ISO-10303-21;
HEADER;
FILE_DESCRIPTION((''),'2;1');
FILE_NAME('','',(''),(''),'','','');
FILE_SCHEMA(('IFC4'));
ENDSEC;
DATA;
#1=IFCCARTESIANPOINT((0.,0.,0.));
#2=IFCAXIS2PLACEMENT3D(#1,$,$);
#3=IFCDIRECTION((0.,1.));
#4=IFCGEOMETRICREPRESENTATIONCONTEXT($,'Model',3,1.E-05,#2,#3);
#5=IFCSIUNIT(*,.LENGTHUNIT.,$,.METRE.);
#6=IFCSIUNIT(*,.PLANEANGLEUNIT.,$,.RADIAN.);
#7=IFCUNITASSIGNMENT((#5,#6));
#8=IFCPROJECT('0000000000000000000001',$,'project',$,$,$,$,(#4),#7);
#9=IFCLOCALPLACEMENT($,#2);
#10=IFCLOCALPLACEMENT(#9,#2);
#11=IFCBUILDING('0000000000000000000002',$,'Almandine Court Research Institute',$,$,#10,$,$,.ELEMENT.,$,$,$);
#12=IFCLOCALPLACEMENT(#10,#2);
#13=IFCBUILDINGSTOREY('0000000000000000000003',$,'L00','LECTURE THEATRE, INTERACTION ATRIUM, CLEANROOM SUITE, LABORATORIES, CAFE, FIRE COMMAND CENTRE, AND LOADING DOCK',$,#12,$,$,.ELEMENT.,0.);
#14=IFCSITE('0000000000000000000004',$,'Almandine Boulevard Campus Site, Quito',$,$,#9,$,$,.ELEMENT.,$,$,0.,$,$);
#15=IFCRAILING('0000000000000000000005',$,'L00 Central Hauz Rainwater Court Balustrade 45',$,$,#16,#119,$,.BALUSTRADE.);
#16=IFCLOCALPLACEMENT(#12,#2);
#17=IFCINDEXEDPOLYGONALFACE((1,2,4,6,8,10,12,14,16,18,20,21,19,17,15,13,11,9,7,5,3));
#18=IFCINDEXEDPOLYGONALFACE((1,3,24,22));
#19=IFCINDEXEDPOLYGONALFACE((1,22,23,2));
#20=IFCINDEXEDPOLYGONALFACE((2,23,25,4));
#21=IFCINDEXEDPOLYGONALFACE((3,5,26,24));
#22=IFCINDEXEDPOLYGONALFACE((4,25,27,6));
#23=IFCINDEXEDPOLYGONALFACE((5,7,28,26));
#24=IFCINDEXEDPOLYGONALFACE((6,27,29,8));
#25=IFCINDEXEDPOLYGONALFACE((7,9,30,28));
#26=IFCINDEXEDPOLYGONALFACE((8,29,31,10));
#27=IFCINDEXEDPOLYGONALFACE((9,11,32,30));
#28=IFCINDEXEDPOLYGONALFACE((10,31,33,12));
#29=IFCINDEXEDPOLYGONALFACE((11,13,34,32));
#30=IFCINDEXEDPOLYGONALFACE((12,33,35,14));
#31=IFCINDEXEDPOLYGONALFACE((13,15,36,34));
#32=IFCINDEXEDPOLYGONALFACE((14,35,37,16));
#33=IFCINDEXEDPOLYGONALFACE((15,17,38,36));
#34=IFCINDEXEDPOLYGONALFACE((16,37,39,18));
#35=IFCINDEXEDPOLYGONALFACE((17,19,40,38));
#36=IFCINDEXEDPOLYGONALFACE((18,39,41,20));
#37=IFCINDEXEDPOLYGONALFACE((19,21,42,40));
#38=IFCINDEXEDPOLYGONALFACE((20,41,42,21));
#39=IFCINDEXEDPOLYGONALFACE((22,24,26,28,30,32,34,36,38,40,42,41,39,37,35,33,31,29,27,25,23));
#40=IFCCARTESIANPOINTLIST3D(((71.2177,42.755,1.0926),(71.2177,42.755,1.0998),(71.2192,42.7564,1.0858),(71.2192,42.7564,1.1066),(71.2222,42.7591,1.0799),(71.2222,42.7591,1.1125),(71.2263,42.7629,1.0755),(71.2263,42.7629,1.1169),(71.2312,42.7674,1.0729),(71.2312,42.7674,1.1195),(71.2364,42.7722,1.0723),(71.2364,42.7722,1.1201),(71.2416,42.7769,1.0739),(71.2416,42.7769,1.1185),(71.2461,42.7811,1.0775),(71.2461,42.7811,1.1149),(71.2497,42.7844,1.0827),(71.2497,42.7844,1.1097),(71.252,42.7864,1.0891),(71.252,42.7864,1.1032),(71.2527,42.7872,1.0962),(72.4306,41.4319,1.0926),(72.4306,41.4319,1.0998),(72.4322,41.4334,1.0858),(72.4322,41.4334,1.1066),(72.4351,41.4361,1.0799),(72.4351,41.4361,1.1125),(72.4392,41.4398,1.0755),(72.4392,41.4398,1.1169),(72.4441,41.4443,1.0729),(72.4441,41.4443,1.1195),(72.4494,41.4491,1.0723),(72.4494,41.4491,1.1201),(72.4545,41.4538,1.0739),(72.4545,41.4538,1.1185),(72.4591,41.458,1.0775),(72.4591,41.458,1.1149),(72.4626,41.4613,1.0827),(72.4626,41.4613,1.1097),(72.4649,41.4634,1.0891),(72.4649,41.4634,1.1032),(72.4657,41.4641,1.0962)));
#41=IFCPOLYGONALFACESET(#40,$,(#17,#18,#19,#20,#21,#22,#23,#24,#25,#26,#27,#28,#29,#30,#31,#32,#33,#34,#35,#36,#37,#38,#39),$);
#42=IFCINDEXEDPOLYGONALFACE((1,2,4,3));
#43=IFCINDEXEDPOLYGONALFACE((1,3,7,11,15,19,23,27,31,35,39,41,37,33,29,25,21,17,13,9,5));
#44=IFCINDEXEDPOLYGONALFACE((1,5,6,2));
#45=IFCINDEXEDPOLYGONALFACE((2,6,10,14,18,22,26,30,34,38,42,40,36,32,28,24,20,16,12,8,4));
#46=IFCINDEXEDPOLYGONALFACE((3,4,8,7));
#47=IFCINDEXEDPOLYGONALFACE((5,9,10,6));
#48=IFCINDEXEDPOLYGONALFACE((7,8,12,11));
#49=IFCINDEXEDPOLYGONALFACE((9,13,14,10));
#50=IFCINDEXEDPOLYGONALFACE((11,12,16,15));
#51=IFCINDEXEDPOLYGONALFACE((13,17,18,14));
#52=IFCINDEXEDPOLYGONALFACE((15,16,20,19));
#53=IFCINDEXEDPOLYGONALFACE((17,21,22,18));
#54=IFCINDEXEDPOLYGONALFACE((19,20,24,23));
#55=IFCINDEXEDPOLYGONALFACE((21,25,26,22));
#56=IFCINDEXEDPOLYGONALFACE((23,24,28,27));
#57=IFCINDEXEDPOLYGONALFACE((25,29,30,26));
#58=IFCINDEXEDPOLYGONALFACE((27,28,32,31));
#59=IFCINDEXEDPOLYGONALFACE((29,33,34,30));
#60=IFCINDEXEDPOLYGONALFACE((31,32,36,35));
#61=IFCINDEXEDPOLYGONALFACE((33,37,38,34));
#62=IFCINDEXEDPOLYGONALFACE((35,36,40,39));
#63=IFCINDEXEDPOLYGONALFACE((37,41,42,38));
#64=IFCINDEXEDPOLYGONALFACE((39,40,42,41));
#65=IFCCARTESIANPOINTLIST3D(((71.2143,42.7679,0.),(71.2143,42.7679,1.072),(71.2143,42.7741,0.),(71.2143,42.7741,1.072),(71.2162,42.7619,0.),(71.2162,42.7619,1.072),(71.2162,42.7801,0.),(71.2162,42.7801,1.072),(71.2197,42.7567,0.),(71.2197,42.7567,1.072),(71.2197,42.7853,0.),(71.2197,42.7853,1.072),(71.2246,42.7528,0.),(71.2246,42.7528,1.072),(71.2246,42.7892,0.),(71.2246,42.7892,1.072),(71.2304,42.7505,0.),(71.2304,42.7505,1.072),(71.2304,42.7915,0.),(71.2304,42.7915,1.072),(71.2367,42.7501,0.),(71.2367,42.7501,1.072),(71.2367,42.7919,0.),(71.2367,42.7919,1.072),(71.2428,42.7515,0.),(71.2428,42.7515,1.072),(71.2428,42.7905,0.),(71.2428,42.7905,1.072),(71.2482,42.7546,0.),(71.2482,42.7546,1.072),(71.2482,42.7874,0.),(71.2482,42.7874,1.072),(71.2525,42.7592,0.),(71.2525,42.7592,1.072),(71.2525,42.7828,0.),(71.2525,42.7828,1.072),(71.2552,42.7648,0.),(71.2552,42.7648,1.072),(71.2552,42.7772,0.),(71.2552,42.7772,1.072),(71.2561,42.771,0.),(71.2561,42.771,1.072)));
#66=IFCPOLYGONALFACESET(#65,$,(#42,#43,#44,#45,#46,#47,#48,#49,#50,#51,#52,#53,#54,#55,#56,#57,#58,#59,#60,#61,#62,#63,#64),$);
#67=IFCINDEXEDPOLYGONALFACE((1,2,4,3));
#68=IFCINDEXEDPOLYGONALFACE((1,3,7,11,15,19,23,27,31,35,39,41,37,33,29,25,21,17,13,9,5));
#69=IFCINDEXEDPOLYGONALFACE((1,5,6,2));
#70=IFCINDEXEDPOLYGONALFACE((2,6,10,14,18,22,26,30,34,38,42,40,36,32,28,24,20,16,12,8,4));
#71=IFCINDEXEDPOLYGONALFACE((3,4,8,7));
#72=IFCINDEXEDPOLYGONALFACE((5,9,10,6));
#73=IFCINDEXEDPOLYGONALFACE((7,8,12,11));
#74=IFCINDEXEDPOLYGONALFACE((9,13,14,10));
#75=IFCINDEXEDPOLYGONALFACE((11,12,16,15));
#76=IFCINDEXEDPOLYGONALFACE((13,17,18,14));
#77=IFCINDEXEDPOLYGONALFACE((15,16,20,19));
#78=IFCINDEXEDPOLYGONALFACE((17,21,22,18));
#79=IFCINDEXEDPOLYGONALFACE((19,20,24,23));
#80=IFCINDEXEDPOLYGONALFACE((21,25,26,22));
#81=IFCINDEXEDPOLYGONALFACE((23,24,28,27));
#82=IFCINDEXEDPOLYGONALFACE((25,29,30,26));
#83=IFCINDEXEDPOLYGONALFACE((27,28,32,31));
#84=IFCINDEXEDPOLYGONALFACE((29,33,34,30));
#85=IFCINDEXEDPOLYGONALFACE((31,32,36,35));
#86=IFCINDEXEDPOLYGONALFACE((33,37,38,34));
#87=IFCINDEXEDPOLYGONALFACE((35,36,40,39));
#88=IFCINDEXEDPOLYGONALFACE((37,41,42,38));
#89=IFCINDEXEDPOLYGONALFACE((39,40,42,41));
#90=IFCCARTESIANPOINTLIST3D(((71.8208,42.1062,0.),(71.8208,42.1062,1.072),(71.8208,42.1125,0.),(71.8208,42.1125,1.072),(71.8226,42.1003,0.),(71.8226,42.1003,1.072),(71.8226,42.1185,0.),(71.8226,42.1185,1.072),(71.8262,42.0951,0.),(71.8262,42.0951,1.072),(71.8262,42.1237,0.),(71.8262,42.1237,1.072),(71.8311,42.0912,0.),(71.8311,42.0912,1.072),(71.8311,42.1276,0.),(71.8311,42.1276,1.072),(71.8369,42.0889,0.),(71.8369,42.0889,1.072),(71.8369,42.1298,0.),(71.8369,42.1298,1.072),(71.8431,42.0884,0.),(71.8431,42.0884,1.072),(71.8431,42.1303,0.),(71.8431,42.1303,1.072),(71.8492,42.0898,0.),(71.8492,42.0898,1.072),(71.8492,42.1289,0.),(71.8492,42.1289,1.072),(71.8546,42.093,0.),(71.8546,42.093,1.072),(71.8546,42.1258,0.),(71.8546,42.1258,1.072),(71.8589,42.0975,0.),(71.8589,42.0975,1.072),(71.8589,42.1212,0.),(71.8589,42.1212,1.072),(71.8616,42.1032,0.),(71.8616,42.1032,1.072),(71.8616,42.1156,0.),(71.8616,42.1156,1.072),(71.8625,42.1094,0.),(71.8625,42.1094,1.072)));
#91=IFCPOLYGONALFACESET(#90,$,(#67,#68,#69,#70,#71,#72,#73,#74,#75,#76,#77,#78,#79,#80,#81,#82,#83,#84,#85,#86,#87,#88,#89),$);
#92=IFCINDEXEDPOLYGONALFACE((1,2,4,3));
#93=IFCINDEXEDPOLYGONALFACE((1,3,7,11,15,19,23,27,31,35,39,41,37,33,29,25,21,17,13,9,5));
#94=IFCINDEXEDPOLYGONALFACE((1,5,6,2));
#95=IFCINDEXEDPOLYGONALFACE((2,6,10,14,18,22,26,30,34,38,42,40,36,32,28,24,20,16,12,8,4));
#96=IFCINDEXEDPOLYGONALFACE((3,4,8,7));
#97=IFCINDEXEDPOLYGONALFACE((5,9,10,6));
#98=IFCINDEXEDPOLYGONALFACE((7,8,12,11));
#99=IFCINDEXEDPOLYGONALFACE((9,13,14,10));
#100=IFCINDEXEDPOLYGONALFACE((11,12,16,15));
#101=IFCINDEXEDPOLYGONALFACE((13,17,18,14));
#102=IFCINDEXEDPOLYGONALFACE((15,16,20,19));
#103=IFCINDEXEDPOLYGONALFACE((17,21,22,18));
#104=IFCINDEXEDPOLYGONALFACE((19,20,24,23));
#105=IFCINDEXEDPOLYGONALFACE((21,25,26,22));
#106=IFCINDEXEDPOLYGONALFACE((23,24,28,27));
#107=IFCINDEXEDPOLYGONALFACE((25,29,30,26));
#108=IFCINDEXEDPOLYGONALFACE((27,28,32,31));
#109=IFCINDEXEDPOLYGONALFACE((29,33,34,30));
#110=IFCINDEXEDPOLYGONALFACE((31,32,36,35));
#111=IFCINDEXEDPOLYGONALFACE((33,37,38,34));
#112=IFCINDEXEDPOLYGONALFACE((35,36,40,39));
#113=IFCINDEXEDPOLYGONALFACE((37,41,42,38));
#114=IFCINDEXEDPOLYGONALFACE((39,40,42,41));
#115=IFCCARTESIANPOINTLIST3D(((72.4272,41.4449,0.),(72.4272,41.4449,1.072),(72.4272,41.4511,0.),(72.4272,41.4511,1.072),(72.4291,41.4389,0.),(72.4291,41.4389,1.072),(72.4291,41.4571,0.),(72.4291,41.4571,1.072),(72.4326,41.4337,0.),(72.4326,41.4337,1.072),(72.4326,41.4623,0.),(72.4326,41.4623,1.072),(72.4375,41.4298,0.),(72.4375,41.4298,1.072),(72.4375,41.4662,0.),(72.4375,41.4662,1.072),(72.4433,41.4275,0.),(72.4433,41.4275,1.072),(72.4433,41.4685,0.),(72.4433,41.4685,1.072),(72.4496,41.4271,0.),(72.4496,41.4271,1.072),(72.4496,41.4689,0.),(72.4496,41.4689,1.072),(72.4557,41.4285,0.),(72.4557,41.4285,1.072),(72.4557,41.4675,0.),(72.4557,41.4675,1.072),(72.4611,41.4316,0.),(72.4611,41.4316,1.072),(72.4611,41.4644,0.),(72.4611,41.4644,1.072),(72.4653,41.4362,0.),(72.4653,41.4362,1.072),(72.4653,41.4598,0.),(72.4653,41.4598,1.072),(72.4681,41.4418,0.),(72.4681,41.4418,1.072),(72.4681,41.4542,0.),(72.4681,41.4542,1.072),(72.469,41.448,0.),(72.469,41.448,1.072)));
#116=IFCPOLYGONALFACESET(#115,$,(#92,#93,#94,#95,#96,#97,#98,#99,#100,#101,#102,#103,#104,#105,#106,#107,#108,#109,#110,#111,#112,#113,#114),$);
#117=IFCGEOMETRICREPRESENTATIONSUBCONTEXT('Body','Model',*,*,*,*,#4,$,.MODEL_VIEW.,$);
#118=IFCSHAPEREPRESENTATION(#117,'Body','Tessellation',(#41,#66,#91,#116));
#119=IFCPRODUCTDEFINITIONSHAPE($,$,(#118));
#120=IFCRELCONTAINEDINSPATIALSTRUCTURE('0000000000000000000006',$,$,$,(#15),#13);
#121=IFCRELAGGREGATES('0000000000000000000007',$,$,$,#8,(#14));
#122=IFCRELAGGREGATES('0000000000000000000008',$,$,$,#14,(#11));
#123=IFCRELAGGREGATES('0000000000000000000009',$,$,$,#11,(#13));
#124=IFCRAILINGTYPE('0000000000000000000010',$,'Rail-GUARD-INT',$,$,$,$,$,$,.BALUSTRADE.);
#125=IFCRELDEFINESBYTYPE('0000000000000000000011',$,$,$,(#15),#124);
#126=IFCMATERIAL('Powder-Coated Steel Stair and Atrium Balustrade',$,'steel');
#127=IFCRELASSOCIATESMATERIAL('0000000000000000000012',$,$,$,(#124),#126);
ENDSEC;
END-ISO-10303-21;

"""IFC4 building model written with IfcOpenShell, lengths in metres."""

from ifc_helpers import new_model, si_unit, direction, frame, origin, origin_2d, place, context, subcontext, project, spatial, circle, extrude, material, type_object, element, save


model = new_model("IFC4")

# Units and contexts
model_context = context("Model", 3, precision=1e-05, world=origin(), true_north=direction((0.0, 1.0)))
body_context = subcontext(model_context, "Body", "Model", "MODEL_VIEW")
ifc_project = project(units=[si_unit("LENGTHUNIT", "METRE"), si_unit("PLANEANGLEUNIT", "RADIAN")], contexts=[model_context])

# Site, building, storey
site_placement = place(None, origin())
site = spatial("IfcSite", under=ifc_project, at=site_placement, Name="Almandine Boulevard Campus Site, Quito", CompositionType="ELEMENT", RefElevation=0.0)
building_placement = place(site_placement, origin())
building = spatial("IfcBuilding", under=site, at=building_placement, Name="Almandine Court Research Institute", CompositionType="ELEMENT")
storey_placement = place(building_placement, origin())
storey = spatial("IfcBuildingStorey", under=building, at=storey_placement, Name="L00", Description="LECTURE THEATRE, INTERACTION ATRIUM, CLEANROOM SUITE, LABORATORIES, CAFE, FIRE COMMAND CENTRE, AND LOADING DOCK", CompositionType="ELEMENT", Elevation=0.0)

# Railing
ifc_material_1 = material(Name="Powder-Coated Steel Stair and Atrium Balustrade", Category="steel")
railing_type = type_object("IfcRailingType", Name="Rail-GUARD-INT", PredefinedType="BALUSTRADE", material=ifc_material_1)
railing_1_placement = place(storey_placement, frame((71.2351, 42.771, 0.0)))
element("IfcRailing", 1, at=railing_1_placement, inside=storey, type_object=railing_type, Name="L00 Central Hauz Rainwater Court Balustrade 45", PredefinedType="BALUSTRADE", context=body_context, shape_type="SweptSolid", body=[
    extrude(circle(Radius=0.0239, at=origin_2d()), frame((0.0, 0.0, 1.0962), z_axis=(0.675768, -0.737115, 0.0), x_axis=(0.737115, 0.675768, 0.0)), (0.0, 0.0, 1.0), 1.7949),
    extrude(circle(Radius=0.021, at=origin_2d()), origin(), (0.0, 0.0, 1.0), 1.072),
    extrude(circle(Radius=0.021, at=origin_2d()), frame((0.6064, -0.6616, 0.0)), (0.0, 0.0, 1.0), 1.072),
    extrude(circle(Radius=0.021, at=origin_2d()), frame((1.2129, -1.323, 0.0)), (0.0, 0.0, 1.0), 1.072),
])

save(model, "model.ifc")
